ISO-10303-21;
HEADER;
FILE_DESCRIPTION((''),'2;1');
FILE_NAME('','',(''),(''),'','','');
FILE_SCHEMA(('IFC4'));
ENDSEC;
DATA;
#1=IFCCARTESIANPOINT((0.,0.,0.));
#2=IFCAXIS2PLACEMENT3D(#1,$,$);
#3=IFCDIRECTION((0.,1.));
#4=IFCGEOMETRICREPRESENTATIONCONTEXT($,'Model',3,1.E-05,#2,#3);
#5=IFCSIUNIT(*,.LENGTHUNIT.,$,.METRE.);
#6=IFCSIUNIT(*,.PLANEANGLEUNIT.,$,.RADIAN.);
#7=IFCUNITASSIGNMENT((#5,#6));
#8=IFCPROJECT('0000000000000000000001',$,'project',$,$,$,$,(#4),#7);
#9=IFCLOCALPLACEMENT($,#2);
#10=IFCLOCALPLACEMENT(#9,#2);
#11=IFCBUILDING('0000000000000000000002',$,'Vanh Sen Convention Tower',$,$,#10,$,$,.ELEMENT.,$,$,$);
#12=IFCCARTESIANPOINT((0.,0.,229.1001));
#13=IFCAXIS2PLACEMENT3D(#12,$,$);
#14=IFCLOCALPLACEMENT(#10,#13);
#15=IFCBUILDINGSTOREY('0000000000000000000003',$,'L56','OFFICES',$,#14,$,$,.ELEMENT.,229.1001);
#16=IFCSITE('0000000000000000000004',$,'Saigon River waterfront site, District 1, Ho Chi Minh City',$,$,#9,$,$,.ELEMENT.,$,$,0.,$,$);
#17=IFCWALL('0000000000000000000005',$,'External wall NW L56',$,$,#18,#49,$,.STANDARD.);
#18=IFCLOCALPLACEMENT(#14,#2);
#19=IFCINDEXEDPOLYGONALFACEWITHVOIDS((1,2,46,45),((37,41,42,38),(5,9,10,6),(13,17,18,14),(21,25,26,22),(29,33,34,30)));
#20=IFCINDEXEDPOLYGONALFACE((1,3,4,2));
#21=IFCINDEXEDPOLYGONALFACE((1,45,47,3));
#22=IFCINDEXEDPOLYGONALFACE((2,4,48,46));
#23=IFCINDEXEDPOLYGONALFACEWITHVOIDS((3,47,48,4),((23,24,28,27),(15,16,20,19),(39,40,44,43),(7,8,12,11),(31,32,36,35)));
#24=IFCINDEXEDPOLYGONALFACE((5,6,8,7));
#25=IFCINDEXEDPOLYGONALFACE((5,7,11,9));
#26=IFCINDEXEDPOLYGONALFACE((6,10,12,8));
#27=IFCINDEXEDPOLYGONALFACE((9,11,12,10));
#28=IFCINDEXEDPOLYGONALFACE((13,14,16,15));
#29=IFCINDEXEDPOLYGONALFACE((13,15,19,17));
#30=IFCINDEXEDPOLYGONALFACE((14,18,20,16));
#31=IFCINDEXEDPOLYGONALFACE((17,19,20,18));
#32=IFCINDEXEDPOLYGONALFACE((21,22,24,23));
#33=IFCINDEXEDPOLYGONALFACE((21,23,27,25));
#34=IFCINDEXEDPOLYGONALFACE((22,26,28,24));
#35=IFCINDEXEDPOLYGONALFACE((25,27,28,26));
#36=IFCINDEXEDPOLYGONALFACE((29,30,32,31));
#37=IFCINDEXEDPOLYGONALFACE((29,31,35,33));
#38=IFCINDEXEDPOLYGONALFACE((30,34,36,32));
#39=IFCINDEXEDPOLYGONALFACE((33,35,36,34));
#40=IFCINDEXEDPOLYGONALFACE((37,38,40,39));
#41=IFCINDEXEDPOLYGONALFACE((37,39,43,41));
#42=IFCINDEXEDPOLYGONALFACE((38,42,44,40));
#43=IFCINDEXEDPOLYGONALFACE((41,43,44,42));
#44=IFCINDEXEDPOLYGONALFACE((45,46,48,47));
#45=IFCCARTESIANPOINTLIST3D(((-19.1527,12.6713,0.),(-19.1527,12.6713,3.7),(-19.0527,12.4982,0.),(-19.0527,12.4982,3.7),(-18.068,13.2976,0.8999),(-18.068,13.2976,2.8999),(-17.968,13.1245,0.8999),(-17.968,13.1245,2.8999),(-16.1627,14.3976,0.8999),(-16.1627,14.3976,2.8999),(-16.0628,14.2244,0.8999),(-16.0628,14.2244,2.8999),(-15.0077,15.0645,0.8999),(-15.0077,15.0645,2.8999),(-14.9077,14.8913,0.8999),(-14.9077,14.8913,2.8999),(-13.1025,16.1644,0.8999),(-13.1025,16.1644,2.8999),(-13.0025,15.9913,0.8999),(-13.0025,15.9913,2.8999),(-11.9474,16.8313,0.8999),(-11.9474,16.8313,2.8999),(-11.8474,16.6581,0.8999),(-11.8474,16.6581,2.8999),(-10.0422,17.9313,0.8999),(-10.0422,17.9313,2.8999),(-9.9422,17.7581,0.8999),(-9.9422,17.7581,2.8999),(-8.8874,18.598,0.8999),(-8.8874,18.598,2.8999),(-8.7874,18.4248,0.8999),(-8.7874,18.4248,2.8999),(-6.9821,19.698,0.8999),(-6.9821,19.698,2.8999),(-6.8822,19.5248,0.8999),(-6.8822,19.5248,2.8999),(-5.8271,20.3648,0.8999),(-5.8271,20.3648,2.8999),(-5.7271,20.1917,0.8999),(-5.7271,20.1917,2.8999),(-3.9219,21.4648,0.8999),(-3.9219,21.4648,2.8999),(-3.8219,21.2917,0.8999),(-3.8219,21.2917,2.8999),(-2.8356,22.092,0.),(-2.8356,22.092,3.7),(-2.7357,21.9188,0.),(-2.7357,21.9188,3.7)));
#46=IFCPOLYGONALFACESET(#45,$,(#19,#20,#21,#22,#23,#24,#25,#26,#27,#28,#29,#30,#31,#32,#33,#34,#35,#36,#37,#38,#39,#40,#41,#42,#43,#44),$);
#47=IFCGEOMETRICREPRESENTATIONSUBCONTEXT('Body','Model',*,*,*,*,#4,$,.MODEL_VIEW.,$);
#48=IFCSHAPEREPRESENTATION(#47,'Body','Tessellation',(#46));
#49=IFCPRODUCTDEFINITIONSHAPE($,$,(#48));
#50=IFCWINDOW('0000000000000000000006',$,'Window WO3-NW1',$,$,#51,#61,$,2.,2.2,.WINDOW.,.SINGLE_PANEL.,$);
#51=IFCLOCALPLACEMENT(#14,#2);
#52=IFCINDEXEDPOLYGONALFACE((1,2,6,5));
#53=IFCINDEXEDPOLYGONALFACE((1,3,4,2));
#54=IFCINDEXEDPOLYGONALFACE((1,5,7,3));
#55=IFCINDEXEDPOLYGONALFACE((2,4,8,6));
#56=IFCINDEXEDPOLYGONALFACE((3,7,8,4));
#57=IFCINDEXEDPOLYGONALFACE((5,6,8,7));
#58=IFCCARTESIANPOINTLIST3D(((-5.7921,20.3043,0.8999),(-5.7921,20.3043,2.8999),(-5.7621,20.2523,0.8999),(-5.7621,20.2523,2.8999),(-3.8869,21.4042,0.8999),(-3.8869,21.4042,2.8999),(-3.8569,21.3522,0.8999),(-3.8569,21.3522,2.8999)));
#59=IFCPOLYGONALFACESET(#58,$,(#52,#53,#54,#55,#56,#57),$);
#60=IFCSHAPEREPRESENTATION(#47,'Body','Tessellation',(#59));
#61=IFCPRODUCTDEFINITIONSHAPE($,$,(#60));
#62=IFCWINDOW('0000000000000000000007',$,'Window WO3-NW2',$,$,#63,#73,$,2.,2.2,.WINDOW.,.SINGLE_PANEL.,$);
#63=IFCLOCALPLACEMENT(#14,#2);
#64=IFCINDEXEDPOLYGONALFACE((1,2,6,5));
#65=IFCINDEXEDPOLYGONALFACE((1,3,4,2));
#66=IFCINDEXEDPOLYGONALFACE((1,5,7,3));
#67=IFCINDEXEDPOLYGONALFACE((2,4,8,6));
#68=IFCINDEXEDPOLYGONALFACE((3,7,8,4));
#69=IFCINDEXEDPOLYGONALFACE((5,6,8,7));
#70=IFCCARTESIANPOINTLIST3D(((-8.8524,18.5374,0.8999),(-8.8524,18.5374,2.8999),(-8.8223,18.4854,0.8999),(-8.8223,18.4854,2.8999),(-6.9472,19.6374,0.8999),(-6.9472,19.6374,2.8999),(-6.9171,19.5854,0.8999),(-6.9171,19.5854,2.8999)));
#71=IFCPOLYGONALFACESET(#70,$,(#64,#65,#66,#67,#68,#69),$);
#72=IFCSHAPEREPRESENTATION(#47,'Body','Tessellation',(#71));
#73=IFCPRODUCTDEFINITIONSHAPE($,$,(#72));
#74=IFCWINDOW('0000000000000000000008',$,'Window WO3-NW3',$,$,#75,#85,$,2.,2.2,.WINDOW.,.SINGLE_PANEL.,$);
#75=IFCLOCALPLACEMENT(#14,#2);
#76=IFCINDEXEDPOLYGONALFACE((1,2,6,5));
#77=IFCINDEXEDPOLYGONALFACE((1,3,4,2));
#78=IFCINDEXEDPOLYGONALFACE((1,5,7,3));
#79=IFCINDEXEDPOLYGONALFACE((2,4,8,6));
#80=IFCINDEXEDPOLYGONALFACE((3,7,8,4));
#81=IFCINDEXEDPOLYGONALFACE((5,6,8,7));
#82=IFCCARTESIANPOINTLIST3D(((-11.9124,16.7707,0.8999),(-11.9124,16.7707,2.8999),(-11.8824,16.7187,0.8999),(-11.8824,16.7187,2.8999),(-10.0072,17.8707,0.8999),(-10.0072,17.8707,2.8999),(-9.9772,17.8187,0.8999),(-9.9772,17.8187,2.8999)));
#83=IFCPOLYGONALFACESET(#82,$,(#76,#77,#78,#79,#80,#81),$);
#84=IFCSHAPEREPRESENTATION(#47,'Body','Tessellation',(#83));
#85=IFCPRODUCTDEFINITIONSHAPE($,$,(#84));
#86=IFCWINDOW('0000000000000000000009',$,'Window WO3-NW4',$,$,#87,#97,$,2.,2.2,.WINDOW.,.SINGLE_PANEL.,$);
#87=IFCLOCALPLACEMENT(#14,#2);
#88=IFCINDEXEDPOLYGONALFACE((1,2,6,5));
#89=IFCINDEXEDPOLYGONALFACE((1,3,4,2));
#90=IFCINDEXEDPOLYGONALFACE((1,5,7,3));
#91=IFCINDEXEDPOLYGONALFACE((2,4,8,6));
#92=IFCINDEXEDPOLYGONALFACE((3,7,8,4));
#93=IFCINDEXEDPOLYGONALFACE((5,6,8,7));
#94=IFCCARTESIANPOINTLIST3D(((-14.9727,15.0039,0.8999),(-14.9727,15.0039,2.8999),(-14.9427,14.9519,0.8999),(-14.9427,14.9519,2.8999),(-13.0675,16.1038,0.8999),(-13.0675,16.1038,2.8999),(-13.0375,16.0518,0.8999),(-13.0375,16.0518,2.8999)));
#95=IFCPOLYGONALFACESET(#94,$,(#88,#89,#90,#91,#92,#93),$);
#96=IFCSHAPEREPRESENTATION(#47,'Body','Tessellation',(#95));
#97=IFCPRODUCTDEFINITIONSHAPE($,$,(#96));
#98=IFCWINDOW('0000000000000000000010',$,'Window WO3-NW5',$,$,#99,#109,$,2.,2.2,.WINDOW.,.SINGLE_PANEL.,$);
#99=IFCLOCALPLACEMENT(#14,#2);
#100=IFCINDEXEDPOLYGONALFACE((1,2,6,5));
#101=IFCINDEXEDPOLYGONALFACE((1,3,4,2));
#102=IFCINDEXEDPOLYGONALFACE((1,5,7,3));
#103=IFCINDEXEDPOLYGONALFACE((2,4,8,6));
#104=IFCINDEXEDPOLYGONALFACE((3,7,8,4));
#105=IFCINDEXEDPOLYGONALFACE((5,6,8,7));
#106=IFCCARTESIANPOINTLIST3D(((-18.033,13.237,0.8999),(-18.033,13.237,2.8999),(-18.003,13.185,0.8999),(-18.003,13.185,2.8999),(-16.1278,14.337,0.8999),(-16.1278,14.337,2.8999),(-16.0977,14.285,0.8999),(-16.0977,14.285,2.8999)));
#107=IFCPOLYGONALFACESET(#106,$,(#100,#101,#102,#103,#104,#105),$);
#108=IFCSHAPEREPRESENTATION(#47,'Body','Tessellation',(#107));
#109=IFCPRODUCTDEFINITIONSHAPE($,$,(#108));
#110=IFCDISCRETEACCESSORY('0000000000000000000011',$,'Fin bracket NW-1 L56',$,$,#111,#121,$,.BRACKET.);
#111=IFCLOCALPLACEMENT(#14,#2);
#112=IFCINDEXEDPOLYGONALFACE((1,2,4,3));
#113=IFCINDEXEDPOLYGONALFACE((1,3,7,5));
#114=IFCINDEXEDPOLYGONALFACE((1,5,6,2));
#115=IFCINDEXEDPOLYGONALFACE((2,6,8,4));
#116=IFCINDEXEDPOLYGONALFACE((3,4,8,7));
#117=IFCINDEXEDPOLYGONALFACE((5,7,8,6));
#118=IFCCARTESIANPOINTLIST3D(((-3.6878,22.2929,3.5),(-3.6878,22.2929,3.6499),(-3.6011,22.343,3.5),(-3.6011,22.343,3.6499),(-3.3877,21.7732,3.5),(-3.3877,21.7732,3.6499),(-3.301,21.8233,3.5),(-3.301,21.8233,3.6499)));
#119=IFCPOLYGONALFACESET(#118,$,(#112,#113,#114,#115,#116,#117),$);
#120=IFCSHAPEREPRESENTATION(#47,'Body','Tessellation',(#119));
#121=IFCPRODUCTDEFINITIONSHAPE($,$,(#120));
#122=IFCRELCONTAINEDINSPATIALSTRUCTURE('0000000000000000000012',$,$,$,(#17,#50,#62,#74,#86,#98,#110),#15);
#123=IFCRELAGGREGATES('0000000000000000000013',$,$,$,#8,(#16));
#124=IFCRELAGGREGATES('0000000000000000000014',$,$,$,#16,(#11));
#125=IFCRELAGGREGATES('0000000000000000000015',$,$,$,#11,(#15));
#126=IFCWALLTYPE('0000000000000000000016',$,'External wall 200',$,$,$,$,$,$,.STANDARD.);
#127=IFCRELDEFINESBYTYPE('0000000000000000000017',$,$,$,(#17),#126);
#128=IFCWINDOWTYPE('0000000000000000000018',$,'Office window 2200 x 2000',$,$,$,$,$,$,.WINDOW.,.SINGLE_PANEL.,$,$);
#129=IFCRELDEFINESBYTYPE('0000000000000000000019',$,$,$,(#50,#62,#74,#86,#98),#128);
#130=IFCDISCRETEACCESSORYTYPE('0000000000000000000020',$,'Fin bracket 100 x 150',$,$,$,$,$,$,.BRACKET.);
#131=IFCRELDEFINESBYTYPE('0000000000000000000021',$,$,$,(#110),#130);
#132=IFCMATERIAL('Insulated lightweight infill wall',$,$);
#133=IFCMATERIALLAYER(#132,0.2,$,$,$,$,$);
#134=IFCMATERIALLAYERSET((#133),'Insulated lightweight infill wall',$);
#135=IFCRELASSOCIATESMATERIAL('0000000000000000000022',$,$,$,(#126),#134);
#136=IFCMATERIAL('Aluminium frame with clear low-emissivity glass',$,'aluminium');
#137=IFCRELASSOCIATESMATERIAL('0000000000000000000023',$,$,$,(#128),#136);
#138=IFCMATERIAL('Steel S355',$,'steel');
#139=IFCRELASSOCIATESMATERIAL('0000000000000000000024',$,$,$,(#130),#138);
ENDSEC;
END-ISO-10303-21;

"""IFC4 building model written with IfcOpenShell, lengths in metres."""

from ifc_helpers import new_model, si_unit, direction, frame, frame_2d, origin, origin_2d, place, context, subcontext, project, spatial, rectangle, extrude, material, layer, layer_set, type_object, element, fill, save


model = new_model("IFC4")

# Units and contexts
model_context = context("Model", 3, precision=1e-05, world=origin(), true_north=direction((0.0, 1.0)))
body_context = subcontext(model_context, "Body", "Model", "MODEL_VIEW")
ifc_project = project(units=[si_unit("LENGTHUNIT", "METRE"), si_unit("PLANEANGLEUNIT", "RADIAN")], contexts=[model_context])

# Site, building, storey
site_placement = place(None, origin())
site = spatial("IfcSite", under=ifc_project, at=site_placement, Name="Saigon River waterfront site, District 1, Ho Chi Minh City", CompositionType="ELEMENT", RefElevation=0.0)
building_placement = place(site_placement, origin())
building = spatial("IfcBuilding", under=site, at=building_placement, Name="Vanh Sen Convention Tower", CompositionType="ELEMENT")
storey_placement = place(building_placement, frame((0.0, 0.0, 229.1001)))
storey = spatial("IfcBuildingStorey", under=building, at=storey_placement, Name="L56", Description="OFFICES", CompositionType="ELEMENT", Elevation=229.1001)

# Wall, openings, windows
ifc_material_1 = material(Name="Insulated lightweight infill wall")
ifc_layer_1 = layer(ifc_material_1, 0.2)
ifc_layer_set_1 = layer_set([ifc_layer_1], Name="Insulated lightweight infill wall")
wall_type_1 = type_object("IfcWallType", Name="External wall 200", PredefinedType="STANDARD", material=ifc_layer_set_1)
wall_1_placement = place(storey_placement, frame((-2.7856, 22.0054, 0.0), z_axis=(0.0, 0.0, 1.0), x_axis=(-0.866027, -0.499998, 0.0)))
wall_1 = element("IfcWall", 1, at=wall_1_placement, inside=storey, type_object=wall_type_1, Name="External wall NW L56", PredefinedType="STANDARD", context=body_context, shape_type="SweptSolid", body=[
    extrude(rectangle(XDim=18.8413, YDim=0.2, at=frame_2d((9.4207, 0.0))), origin(), (0.0, 0.0, 1.0), 3.7),
])
opening_1_placement = place(wall_1_placement, frame((1.2542, 0.0, 0.8999)))
opening_1 = element("IfcOpeningElement", 2, at=opening_1_placement, cuts=wall_1, PredefinedType="OPENING", context=body_context, shape_type="SweptSolid", body=[
    extrude(rectangle(XDim=2.2, YDim=2.0, at=frame_2d((1.1001, 1.0))), frame((0.0, 0.1099, 0.0), z_axis=(0.0, -1.0, 0.0), x_axis=(1.0, 0.0, 0.0)), (0.0, 0.0, 1.0), 0.22),
])
opening_2_placement = place(wall_1_placement, frame((4.7878, 0.0, 0.8999)))
opening_2 = element("IfcOpeningElement", 3, at=opening_2_placement, cuts=wall_1, PredefinedType="OPENING", context=body_context, shape_type="SweptSolid", body=[
    extrude(rectangle(XDim=2.2, YDim=2.0, at=frame_2d((1.1001, 1.0))), frame((0.0, 0.1099, 0.0), z_axis=(0.0, -1.0, 0.0), x_axis=(1.0, 0.0, 0.0)), (0.0, 0.0, 1.0), 0.22),
])
opening_3_placement = place(wall_1_placement, frame((8.3213, 0.0, 0.8999)))
opening_3 = element("IfcOpeningElement", 4, at=opening_3_placement, cuts=wall_1, PredefinedType="OPENING", context=body_context, shape_type="SweptSolid", body=[
    extrude(rectangle(XDim=2.2, YDim=2.0, at=frame_2d((1.1001, 1.0))), frame((0.0, 0.1099, 0.0), z_axis=(0.0, -1.0, 0.0), x_axis=(1.0, 0.0, 0.0)), (0.0, 0.0, 1.0), 0.22),
])
opening_4_placement = place(wall_1_placement, frame((11.855, 0.0, 0.8999)))
opening_4 = element("IfcOpeningElement", 5, at=opening_4_placement, cuts=wall_1, PredefinedType="OPENING", context=body_context, shape_type="SweptSolid", body=[
    extrude(rectangle(XDim=2.2, YDim=2.0, at=frame_2d((1.1001, 1.0))), frame((0.0, 0.1099, 0.0), z_axis=(0.0, -1.0, 0.0), x_axis=(1.0, 0.0, 0.0)), (0.0, 0.0, 1.0), 0.22),
])
opening_5_placement = place(wall_1_placement, frame((15.3887, 0.0, 0.8999)))
opening_5 = element("IfcOpeningElement", 6, at=opening_5_placement, cuts=wall_1, PredefinedType="OPENING", context=body_context, shape_type="SweptSolid", body=[
    extrude(rectangle(XDim=2.2, YDim=2.0, at=frame_2d((1.1001, 1.0))), frame((0.0, 0.1099, 0.0), z_axis=(0.0, -1.0, 0.0), x_axis=(1.0, 0.0, 0.0)), (0.0, 0.0, 1.0), 0.22),
])
ifc_material_2 = material(Name="Aluminium frame with clear low-emissivity glass", Category="aluminium")
window_type = type_object("IfcWindowType", Name="Office window 2200 x 2000", PartitioningType="SINGLE_PANEL", PredefinedType="WINDOW", material=ifc_material_2)
window_1_placement = place(opening_1_placement, origin())
window_1 = element("IfcWindow", 7, at=window_1_placement, inside=storey, type_object=window_type, Name="Window WO3-NW1", OverallHeight=2.0, OverallWidth=2.2, PartitioningType="SINGLE_PANEL", PredefinedType="WINDOW", context=body_context, shape_type="SweptSolid", body=[
    extrude(rectangle(XDim=2.2, YDim=2.0, at=frame_2d((1.1001, 1.0))), frame((0.0, 0.03, 0.0), z_axis=(0.0, -1.0, 0.0), x_axis=(1.0, 0.0, 0.0)), (0.0, 0.0, 1.0), 0.0601),
])
fill(opening_1, window_1)
window_2_placement = place(opening_2_placement, origin())
window_2 = element("IfcWindow", 8, at=window_2_placement, inside=storey, type_object=window_type, Name="Window WO3-NW2", OverallHeight=2.0, OverallWidth=2.2, PartitioningType="SINGLE_PANEL", PredefinedType="WINDOW", context=body_context, shape_type="SweptSolid", body=[
    extrude(rectangle(XDim=2.2, YDim=2.0, at=frame_2d((1.1001, 1.0))), frame((0.0, 0.03, 0.0), z_axis=(0.0, -1.0, 0.0), x_axis=(1.0, 0.0, 0.0)), (0.0, 0.0, 1.0), 0.0601),
])
fill(opening_2, window_2)
window_3_placement = place(opening_3_placement, origin())
window_3 = element("IfcWindow", 9, at=window_3_placement, inside=storey, type_object=window_type, Name="Window WO3-NW3", OverallHeight=2.0, OverallWidth=2.2, PartitioningType="SINGLE_PANEL", PredefinedType="WINDOW", context=body_context, shape_type="SweptSolid", body=[
    extrude(rectangle(XDim=2.2, YDim=2.0, at=frame_2d((1.1001, 1.0))), frame((0.0, 0.03, 0.0), z_axis=(0.0, -1.0, 0.0), x_axis=(1.0, 0.0, 0.0)), (0.0, 0.0, 1.0), 0.0601),
])
fill(opening_3, window_3)
window_4_placement = place(opening_4_placement, origin())
window_4 = element("IfcWindow", 10, at=window_4_placement, inside=storey, type_object=window_type, Name="Window WO3-NW4", OverallHeight=2.0, OverallWidth=2.2, PartitioningType="SINGLE_PANEL", PredefinedType="WINDOW", context=body_context, shape_type="SweptSolid", body=[
    extrude(rectangle(XDim=2.2, YDim=2.0, at=frame_2d((1.1001, 1.0))), frame((0.0, 0.03, 0.0), z_axis=(0.0, -1.0, 0.0), x_axis=(1.0, 0.0, 0.0)), (0.0, 0.0, 1.0), 0.0601),
])
fill(opening_4, window_4)
window_5_placement = place(opening_5_placement, origin())
window_5 = element("IfcWindow", 11, at=window_5_placement, inside=storey, type_object=window_type, Name="Window WO3-NW5", OverallHeight=2.0, OverallWidth=2.2, PartitioningType="SINGLE_PANEL", PredefinedType="WINDOW", context=body_context, shape_type="SweptSolid", body=[
    extrude(rectangle(XDim=2.2, YDim=2.0, at=frame_2d((1.1001, 1.0))), frame((0.0, 0.03, 0.0), z_axis=(0.0, -1.0, 0.0), x_axis=(1.0, 0.0, 0.0)), (0.0, 0.0, 1.0), 0.0601),
])
fill(opening_5, window_5)

# Discrete accessory
ifc_material_3 = material(Name="Steel S355", Category="steel")
discrete_accessory_type = type_object("IfcDiscreteAccessoryType", Name="Fin bracket 100 x 150", PredefinedType="BRACKET", material=ifc_material_3)
discrete_accessory_placement = place(storey_placement, frame((-3.4944, 22.0581, 3.5), z_axis=(0.0, 0.0, 1.0), x_axis=(-0.5, 0.866025, 0.0)))
element("IfcDiscreteAccessory", 12, at=discrete_accessory_placement, inside=storey, type_object=discrete_accessory_type, Name="Fin bracket NW-1 L56", PredefinedType="BRACKET", context=body_context, shape_type="SweptSolid", body=[
    extrude(rectangle(XDim=0.6001, YDim=0.1001, at=origin_2d()), origin(), (0.0, 0.0, 1.0), 0.1499),
])

save(model, "model.ifc")
